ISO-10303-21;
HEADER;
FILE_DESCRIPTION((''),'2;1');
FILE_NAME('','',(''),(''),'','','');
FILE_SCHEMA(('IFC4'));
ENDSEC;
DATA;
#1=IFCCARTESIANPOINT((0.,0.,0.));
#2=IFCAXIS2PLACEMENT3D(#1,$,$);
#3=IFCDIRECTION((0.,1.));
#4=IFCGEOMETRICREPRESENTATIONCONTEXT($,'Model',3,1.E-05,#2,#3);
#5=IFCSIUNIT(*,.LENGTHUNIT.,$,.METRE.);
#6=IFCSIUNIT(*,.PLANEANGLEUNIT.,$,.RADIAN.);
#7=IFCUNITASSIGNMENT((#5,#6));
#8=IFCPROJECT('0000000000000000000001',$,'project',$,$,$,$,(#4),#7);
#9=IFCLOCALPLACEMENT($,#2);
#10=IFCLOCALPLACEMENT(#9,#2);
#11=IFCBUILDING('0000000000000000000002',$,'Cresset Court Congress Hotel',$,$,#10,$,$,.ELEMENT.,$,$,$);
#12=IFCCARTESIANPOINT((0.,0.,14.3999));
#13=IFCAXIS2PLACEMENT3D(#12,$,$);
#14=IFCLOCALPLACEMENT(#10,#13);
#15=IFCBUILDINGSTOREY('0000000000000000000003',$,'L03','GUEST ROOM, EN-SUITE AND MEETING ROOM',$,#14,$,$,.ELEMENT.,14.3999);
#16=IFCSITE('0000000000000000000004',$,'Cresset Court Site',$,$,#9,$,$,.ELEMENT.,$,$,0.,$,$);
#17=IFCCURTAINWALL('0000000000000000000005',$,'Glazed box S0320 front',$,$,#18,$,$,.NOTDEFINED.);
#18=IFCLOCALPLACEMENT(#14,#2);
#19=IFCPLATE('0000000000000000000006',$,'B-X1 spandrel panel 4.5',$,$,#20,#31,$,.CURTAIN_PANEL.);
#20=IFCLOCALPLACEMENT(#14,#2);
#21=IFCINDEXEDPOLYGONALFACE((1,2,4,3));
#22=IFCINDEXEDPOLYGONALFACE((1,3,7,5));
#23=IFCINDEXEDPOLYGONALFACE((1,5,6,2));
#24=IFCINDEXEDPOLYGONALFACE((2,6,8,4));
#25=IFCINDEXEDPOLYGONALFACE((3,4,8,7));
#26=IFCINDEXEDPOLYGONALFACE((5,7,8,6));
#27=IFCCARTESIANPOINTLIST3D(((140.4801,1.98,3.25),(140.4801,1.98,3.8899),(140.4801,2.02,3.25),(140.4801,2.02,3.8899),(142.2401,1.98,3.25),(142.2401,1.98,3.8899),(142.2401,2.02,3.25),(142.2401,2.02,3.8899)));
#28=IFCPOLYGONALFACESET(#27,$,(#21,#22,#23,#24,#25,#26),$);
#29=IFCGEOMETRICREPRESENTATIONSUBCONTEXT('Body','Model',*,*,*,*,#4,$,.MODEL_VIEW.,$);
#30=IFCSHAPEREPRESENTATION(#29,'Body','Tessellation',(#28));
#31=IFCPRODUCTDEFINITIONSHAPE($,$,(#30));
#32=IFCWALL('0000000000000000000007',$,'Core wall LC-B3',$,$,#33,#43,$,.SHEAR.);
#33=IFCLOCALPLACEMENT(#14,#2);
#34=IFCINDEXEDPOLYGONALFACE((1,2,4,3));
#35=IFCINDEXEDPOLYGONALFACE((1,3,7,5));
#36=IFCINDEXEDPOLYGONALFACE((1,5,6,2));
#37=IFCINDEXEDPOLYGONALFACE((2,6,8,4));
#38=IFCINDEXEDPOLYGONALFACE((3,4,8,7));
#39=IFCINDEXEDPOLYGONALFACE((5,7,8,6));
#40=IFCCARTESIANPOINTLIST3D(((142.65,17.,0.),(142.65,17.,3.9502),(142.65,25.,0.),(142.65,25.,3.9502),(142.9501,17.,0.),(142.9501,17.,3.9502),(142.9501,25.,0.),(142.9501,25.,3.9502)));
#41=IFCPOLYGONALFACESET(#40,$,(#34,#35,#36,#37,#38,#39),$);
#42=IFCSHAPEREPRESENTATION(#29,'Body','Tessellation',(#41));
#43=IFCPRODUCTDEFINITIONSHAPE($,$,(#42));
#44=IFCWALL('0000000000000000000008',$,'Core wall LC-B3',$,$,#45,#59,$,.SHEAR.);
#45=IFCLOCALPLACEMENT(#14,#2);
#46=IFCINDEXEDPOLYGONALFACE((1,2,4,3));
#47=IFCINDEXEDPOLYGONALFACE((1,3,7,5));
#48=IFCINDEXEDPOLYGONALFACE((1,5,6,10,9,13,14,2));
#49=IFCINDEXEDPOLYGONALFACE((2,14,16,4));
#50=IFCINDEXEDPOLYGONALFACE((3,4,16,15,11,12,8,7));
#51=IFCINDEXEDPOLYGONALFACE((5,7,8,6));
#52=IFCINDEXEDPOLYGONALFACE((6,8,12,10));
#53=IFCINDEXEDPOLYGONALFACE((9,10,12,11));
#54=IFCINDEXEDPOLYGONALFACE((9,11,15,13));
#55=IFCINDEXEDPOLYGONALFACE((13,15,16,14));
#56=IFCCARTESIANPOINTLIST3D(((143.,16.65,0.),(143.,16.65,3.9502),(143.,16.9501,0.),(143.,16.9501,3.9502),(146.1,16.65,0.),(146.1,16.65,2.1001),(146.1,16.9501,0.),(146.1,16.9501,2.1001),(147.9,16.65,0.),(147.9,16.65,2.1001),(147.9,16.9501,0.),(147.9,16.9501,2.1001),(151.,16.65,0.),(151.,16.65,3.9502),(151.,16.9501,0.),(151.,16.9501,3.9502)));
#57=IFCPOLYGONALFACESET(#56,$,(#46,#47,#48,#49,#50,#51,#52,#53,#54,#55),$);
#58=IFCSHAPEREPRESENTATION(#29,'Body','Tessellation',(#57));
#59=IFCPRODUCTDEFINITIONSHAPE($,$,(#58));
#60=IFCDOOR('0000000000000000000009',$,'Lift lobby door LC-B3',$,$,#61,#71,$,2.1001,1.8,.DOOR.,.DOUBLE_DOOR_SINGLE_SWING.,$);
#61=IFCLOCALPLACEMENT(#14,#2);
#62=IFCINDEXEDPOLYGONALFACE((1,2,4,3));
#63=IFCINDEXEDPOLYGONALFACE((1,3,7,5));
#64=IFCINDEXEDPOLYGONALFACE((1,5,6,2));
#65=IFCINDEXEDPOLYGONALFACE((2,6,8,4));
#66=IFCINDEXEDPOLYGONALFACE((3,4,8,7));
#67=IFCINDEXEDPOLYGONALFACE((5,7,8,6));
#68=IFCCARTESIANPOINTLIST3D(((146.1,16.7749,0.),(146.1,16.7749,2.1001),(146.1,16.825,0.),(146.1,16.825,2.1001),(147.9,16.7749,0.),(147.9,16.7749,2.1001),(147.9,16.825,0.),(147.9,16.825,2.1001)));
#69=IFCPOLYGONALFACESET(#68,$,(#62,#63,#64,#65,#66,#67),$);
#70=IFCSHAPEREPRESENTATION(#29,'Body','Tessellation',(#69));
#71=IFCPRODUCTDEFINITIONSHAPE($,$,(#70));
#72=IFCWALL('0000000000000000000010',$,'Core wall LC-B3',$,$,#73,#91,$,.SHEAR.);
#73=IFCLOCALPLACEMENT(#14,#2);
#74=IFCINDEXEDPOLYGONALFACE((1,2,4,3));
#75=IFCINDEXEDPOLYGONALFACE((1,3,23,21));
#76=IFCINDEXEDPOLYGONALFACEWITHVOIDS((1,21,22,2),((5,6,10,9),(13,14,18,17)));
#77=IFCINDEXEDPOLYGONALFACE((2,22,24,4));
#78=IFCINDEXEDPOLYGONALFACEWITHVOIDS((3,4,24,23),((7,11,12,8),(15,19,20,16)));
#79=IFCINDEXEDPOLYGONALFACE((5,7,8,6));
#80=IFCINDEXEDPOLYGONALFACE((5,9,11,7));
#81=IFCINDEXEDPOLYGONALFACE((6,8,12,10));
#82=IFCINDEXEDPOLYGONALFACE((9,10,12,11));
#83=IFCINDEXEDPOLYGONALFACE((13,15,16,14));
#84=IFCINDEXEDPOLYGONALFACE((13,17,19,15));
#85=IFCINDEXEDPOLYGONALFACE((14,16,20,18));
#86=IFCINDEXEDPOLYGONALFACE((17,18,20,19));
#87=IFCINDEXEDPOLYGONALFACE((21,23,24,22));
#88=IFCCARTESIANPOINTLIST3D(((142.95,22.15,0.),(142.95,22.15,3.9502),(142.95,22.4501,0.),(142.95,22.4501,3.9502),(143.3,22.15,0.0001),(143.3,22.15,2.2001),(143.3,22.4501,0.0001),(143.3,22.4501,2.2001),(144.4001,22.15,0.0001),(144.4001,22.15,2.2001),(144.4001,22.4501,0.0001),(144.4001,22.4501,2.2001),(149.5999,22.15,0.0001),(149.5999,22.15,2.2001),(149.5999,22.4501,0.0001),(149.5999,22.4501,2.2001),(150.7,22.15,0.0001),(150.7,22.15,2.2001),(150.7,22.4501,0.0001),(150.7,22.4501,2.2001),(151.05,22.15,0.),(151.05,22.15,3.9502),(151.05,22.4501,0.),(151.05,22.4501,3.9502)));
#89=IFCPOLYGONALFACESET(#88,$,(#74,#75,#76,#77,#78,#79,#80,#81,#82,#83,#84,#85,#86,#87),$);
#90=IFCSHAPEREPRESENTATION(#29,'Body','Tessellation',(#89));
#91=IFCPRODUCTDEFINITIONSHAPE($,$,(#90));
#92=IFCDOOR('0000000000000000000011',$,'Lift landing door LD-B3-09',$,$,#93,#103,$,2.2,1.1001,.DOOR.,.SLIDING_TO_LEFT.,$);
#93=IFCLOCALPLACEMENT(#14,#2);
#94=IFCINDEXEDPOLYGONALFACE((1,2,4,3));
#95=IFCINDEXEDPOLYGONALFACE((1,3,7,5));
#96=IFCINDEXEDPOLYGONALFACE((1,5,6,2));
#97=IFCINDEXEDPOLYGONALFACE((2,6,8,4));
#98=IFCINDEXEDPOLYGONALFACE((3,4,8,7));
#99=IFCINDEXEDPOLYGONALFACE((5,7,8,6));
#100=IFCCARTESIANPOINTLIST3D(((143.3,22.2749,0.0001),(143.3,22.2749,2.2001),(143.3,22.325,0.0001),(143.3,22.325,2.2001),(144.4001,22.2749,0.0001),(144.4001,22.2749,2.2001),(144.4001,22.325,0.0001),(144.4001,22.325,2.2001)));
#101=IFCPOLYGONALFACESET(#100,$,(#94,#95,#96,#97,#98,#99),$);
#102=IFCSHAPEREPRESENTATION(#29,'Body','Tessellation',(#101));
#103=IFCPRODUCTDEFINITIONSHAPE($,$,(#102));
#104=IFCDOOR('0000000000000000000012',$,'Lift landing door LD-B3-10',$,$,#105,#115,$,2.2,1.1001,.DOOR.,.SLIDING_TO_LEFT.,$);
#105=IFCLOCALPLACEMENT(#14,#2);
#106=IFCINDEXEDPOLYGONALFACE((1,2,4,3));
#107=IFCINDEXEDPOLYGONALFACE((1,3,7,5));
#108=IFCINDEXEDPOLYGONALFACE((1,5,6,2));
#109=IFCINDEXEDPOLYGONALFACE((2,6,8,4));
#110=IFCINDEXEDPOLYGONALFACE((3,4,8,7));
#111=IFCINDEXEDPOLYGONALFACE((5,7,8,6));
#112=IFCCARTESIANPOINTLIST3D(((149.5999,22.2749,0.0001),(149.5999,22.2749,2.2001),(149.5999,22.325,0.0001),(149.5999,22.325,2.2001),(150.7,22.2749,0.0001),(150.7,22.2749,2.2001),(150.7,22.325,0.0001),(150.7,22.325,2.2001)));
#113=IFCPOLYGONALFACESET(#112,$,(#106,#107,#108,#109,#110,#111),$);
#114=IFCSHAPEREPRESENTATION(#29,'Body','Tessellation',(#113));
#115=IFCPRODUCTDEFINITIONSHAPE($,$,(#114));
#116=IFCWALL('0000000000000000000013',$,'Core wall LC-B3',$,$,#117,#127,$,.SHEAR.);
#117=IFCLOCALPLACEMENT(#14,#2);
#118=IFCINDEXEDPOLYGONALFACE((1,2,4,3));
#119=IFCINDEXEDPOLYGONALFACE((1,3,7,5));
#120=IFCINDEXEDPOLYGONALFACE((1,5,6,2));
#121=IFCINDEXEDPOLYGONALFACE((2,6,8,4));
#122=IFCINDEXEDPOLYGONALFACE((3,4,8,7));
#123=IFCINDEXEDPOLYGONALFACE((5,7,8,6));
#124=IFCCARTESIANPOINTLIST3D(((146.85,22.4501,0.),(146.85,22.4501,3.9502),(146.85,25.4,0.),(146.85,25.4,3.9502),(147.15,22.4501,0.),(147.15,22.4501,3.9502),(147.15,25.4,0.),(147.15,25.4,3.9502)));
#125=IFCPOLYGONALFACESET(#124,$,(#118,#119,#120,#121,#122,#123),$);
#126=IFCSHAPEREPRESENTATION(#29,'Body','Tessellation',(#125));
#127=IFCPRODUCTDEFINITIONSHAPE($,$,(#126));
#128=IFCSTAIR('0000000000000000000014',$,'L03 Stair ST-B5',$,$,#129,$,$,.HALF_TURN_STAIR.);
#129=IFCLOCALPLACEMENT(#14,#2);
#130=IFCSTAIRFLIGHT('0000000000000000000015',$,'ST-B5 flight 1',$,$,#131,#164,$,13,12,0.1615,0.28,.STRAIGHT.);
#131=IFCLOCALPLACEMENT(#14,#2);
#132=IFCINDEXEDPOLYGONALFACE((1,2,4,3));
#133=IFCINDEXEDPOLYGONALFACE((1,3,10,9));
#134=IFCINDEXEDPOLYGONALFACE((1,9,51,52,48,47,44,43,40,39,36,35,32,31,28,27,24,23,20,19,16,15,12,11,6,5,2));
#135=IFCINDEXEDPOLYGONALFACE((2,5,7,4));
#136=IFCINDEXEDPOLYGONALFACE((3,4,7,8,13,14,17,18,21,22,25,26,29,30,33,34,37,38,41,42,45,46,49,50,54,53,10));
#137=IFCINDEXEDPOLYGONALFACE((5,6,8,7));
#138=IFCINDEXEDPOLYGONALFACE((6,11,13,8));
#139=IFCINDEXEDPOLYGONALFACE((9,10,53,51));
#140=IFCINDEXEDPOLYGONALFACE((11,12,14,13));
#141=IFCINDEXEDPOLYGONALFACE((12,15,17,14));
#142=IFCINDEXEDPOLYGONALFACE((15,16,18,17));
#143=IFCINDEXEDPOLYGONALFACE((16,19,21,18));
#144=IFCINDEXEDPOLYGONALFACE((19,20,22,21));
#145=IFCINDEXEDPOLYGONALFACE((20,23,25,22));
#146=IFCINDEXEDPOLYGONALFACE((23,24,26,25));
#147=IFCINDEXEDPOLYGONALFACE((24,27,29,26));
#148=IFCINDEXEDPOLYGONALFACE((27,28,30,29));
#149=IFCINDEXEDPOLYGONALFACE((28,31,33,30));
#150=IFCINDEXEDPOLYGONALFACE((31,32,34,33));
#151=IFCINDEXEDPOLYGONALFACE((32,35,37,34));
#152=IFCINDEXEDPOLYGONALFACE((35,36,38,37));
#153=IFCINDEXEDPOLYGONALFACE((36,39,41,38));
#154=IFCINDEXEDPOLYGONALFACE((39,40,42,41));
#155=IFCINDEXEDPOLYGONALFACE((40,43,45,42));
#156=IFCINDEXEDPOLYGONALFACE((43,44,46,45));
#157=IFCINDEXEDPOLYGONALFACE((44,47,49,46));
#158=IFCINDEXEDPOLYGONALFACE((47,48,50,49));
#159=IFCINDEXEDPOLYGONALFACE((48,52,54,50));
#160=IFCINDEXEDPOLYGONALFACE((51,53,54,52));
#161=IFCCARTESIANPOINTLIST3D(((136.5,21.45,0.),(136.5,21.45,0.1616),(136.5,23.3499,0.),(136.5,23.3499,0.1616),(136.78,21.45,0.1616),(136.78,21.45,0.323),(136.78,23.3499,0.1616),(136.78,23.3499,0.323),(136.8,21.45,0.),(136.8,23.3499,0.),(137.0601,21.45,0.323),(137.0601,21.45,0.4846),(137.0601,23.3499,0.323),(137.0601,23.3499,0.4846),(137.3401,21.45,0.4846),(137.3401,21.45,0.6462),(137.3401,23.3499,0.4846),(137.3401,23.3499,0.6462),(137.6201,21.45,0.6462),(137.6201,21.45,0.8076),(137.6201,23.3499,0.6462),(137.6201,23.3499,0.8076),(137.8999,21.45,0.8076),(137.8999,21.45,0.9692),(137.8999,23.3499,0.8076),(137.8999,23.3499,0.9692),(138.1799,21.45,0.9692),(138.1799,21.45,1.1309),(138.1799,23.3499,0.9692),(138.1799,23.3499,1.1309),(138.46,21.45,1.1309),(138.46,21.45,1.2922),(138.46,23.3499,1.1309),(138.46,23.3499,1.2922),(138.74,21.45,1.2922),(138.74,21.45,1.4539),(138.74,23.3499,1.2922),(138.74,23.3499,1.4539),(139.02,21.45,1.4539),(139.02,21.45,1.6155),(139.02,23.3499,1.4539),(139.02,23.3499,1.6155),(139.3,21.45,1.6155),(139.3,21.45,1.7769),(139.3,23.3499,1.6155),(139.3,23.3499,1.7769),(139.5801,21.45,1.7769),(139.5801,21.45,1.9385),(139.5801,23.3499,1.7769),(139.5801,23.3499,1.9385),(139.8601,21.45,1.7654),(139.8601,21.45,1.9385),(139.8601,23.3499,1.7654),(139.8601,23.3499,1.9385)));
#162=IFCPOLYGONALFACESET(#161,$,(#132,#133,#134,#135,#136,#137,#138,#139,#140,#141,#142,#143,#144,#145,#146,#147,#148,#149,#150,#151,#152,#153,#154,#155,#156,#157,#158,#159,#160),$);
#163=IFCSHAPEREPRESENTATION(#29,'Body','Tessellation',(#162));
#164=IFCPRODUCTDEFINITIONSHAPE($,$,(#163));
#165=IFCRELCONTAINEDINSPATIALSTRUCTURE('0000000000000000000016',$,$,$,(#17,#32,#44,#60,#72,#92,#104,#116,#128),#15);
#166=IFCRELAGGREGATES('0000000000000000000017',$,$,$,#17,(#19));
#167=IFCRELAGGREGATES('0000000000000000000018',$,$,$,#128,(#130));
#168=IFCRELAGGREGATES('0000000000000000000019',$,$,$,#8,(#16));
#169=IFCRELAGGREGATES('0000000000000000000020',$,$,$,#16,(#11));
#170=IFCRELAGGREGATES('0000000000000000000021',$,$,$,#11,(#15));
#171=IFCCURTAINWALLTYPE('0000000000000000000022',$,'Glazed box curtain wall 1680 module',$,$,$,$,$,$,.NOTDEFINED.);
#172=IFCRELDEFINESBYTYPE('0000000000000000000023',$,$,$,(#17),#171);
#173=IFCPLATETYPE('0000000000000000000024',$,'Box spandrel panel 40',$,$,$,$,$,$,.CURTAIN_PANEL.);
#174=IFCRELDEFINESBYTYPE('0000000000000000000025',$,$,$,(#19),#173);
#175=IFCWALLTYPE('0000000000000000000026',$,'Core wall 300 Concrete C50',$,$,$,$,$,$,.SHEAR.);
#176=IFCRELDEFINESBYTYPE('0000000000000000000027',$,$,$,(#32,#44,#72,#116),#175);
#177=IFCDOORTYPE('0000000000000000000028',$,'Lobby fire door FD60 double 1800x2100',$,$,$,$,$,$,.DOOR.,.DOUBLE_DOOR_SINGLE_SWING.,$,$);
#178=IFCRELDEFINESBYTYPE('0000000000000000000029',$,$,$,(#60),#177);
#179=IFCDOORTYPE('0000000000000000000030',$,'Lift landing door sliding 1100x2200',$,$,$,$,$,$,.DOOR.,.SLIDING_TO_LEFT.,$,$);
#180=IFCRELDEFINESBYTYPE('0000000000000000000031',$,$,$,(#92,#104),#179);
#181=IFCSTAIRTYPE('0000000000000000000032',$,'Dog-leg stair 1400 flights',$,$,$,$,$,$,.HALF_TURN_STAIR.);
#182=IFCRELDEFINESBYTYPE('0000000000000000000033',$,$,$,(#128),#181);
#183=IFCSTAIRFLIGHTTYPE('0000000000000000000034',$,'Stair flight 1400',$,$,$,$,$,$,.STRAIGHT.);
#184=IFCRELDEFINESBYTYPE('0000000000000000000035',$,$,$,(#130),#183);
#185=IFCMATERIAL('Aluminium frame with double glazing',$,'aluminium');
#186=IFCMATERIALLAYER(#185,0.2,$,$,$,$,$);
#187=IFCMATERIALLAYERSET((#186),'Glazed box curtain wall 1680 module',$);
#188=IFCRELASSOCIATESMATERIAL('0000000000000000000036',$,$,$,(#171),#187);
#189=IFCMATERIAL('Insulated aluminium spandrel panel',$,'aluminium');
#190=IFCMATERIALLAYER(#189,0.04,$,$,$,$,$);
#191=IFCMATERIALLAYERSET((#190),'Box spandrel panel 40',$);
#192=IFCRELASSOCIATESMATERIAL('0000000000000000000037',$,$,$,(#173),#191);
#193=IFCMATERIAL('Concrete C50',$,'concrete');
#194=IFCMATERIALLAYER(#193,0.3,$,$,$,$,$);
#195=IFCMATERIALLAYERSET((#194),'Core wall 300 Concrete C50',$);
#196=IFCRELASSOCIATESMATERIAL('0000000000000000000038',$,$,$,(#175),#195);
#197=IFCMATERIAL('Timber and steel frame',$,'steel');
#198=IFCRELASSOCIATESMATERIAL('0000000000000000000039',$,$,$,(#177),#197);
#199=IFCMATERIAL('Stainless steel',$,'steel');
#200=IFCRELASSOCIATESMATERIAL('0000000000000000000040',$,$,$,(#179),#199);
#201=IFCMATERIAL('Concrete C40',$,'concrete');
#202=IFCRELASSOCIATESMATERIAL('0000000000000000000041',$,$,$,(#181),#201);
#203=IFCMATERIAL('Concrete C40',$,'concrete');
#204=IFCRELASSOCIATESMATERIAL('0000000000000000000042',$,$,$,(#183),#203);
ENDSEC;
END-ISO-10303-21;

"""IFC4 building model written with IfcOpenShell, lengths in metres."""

from ifc_helpers import new_model, si_unit, direction, frame, frame_2d, origin, origin_2d, place, context, subcontext, project, spatial, polyline, rectangle, outline, extrude, material, layer, layer_set, type_object, element, fill, aggregate, save


model = new_model("IFC4")

# Units and contexts
model_context = context("Model", 3, precision=1e-05, world=origin(), true_north=direction((0.0, 1.0)))
body_context = subcontext(model_context, "Body", "Model", "MODEL_VIEW")
ifc_project = project(units=[si_unit("LENGTHUNIT", "METRE"), si_unit("PLANEANGLEUNIT", "RADIAN")], contexts=[model_context])

# Site, building, storey
site_placement = place(None, origin())
site = spatial("IfcSite", under=ifc_project, at=site_placement, Name="Cresset Court Site", CompositionType="ELEMENT", RefElevation=0.0)
building_placement = place(site_placement, origin())
building = spatial("IfcBuilding", under=site, at=building_placement, Name="Cresset Court Congress Hotel", CompositionType="ELEMENT")
storey_placement = place(building_placement, frame((0.0, 0.0, 14.3999)))
storey = spatial("IfcBuildingStorey", under=building, at=storey_placement, Name="L03", Description="GUEST ROOM, EN-SUITE AND MEETING ROOM", CompositionType="ELEMENT", Elevation=14.3999)

# Curtain wall
ifc_material_1 = material(Name="Aluminium frame with double glazing", Category="aluminium")
ifc_layer_1 = layer(ifc_material_1, 0.2)
ifc_layer_set_1 = layer_set([ifc_layer_1], Name="Glazed box curtain wall 1680 module")
curtain_wall_type = type_object("IfcCurtainWallType", Name="Glazed box curtain wall 1680 module", PredefinedType="NOTDEFINED", material=ifc_layer_set_1)
curtain_wall_placement = place(storey_placement, origin())
curtain_wall = element("IfcCurtainWall", 1, at=curtain_wall_placement, inside=storey, type_object=curtain_wall_type, Name="Glazed box S0320 front", PredefinedType="NOTDEFINED")

# Plate
ifc_material_2 = material(Name="Insulated aluminium spandrel panel", Category="aluminium")
ifc_layer_2 = layer(ifc_material_2, 0.04)
ifc_layer_set_2 = layer_set([ifc_layer_2], Name="Box spandrel panel 40")
plate_type_1 = type_object("IfcPlateType", Name="Box spandrel panel 40", PredefinedType="CURTAIN_PANEL", material=ifc_layer_set_2)
plate_1_placement = place(storey_placement, frame((141.3601, 2.0, 3.25), z_axis=(0.0, 0.0, 1.0), x_axis=(1.0, 0.0, 0.0)))
plate_1 = element("IfcPlate", 2, at=plate_1_placement, type_object=plate_type_1, Name="B-X1 spandrel panel 4.5", PredefinedType="CURTAIN_PANEL", context=body_context, shape_type="SweptSolid", body=[
    extrude(rectangle(XDim=1.76, YDim=0.04, at=origin_2d()), origin(), (0.0, 0.0, 1.0), 0.6399),
])
aggregate(curtain_wall, [plate_1])

# Wall
ifc_material_3 = material(Name="Concrete C50", Category="concrete")
ifc_layer_3 = layer(ifc_material_3, 0.3)
ifc_layer_set_3 = layer_set([ifc_layer_3], Name="Core wall 300 Concrete C50")
wall_type_1 = type_object("IfcWallType", Name="Core wall 300 Concrete C50", PredefinedType="SHEAR", material=ifc_layer_set_3)
wall_1_placement = place(storey_placement, frame((142.8, 17.0, 0.0), z_axis=(0.0, 0.0, 1.0), x_axis=(0.0, 1.0, 0.0)))
element("IfcWall", 3, at=wall_1_placement, inside=storey, type_object=wall_type_1, Name="Core wall LC-B3", PredefinedType="SHEAR", context=body_context, shape_type="SweptSolid", body=[
    extrude(rectangle(XDim=8.0, YDim=0.3, at=frame_2d((4.0, 0.0))), origin(), (0.0, 0.0, 1.0), 3.9502),
])

# Wall, opening, door
wall_2_placement = place(storey_placement, frame((143.0, 16.8, 0.0), z_axis=(0.0, 0.0, 1.0), x_axis=(1.0, 0.0, 0.0)))
wall_2 = element("IfcWall", 4, at=wall_2_placement, inside=storey, type_object=wall_type_1, Name="Core wall LC-B3", PredefinedType="SHEAR", context=body_context, shape_type="SweptSolid", body=[
    extrude(rectangle(XDim=8.0, YDim=0.3, at=frame_2d((4.0, 0.0))), origin(), (0.0, 0.0, 1.0), 3.9502),
])
opening_1_placement = place(wall_2_placement, frame((3.1001, 0.0, 0.0)))
opening_1 = element("IfcOpeningElement", 5, at=opening_1_placement, cuts=wall_2, PredefinedType="OPENING", context=body_context, shape_type="SweptSolid", body=[
    extrude(rectangle(XDim=1.8, YDim=2.1001, at=frame_2d((0.8999, 1.05))), frame((0.0, 0.1599, 0.0), z_axis=(0.0, -1.0, 0.0), x_axis=(1.0, 0.0, 0.0)), (0.0, 0.0, 1.0), 0.3201),
])
ifc_material_4 = material(Name="Timber and steel frame", Category="steel")
door_type_1 = type_object("IfcDoorType", Name="Lobby fire door FD60 double 1800x2100", OperationType="DOUBLE_DOOR_SINGLE_SWING", PredefinedType="DOOR", material=ifc_material_4)
door_1_placement = place(opening_1_placement, origin())
door_1 = element("IfcDoor", 6, at=door_1_placement, inside=storey, type_object=door_type_1, Name="Lift lobby door LC-B3", OperationType="DOUBLE_DOOR_SINGLE_SWING", OverallHeight=2.1001, OverallWidth=1.8, PredefinedType="DOOR", context=body_context, shape_type="SweptSolid", body=[
    extrude(rectangle(XDim=1.8, YDim=2.1001, at=frame_2d((0.8999, 1.05))), frame((0.0, 0.0249, 0.0), z_axis=(0.0, -1.0, 0.0), x_axis=(1.0, 0.0, 0.0)), (0.0, 0.0, 1.0), 0.05),
])
fill(opening_1, door_1)

# Wall, openings, doors
wall_3_placement = place(storey_placement, frame((142.95, 22.3, 0.0), z_axis=(0.0, 0.0, 1.0), x_axis=(1.0, 0.0, 0.0)))
wall_3 = element("IfcWall", 7, at=wall_3_placement, inside=storey, type_object=wall_type_1, Name="Core wall LC-B3", PredefinedType="SHEAR", context=body_context, shape_type="SweptSolid", body=[
    extrude(rectangle(XDim=8.1001, YDim=0.3, at=frame_2d((4.05, 0.0))), origin(), (0.0, 0.0, 1.0), 3.9502),
])
opening_2_placement = place(wall_3_placement, frame((0.3501, 0.0, 0.0)))
opening_2 = element("IfcOpeningElement", 8, at=opening_2_placement, cuts=wall_3, PredefinedType="OPENING", context=body_context, shape_type="SweptSolid", body=[
    extrude(rectangle(XDim=1.1001, YDim=2.2, at=frame_2d((0.55, 1.1001))), frame((0.0, 0.1599, 0.0), z_axis=(0.0, -1.0, 0.0), x_axis=(1.0, 0.0, 0.0)), (0.0, 0.0, 1.0), 0.3201),
])
opening_3_placement = place(wall_3_placement, frame((6.6499, 0.0, 0.0)))
opening_3 = element("IfcOpeningElement", 9, at=opening_3_placement, cuts=wall_3, PredefinedType="OPENING", context=body_context, shape_type="SweptSolid", body=[
    extrude(rectangle(XDim=1.1001, YDim=2.2, at=frame_2d((0.55, 1.1001))), frame((0.0, 0.1599, 0.0), z_axis=(0.0, -1.0, 0.0), x_axis=(1.0, 0.0, 0.0)), (0.0, 0.0, 1.0), 0.3201),
])
ifc_material_5 = material(Name="Stainless steel", Category="steel")
door_type_2 = type_object("IfcDoorType", Name="Lift landing door sliding 1100x2200", OperationType="SLIDING_TO_LEFT", PredefinedType="DOOR", material=ifc_material_5)
door_2_placement = place(opening_2_placement, origin())
door_2 = element("IfcDoor", 10, at=door_2_placement, inside=storey, type_object=door_type_2, Name="Lift landing door LD-B3-09", OperationType="SLIDING_TO_LEFT", OverallHeight=2.2, OverallWidth=1.1001, PredefinedType="DOOR", context=body_context, shape_type="SweptSolid", body=[
    extrude(rectangle(XDim=1.1001, YDim=2.2, at=frame_2d((0.55, 1.1001))), frame((0.0, 0.0249, 0.0), z_axis=(0.0, -1.0, 0.0), x_axis=(1.0, 0.0, 0.0)), (0.0, 0.0, 1.0), 0.05),
])
fill(opening_2, door_2)
door_3_placement = place(opening_3_placement, origin())
door_3 = element("IfcDoor", 11, at=door_3_placement, inside=storey, type_object=door_type_2, Name="Lift landing door LD-B3-10", OperationType="SLIDING_TO_LEFT", OverallHeight=2.2, OverallWidth=1.1001, PredefinedType="DOOR", context=body_context, shape_type="SweptSolid", body=[
    extrude(rectangle(XDim=1.1001, YDim=2.2, at=frame_2d((0.55, 1.1001))), frame((0.0, 0.0249, 0.0), z_axis=(0.0, -1.0, 0.0), x_axis=(1.0, 0.0, 0.0)), (0.0, 0.0, 1.0), 0.05),
])
fill(opening_3, door_3)

# Wall
wall_4_placement = place(storey_placement, frame((147.0, 22.45, 0.0), z_axis=(0.0, 0.0, 1.0), x_axis=(0.0, 1.0, 0.0)))
element("IfcWall", 12, at=wall_4_placement, inside=storey, type_object=wall_type_1, Name="Core wall LC-B3", PredefinedType="SHEAR", context=body_context, shape_type="SweptSolid", body=[
    extrude(rectangle(XDim=2.95, YDim=0.3, at=frame_2d((1.4751, 0.0))), origin(), (0.0, 0.0, 1.0), 3.9502),
])

# Stair, stair flight
ifc_material_6 = material(Name="Concrete C40", Category="concrete")
stair_type = type_object("IfcStairType", Name="Dog-leg stair 1400 flights", PredefinedType="HALF_TURN_STAIR", material=ifc_material_6)
stair_placement = place(storey_placement, origin())
stair = element("IfcStair", 13, at=stair_placement, inside=storey, type_object=stair_type, Name="L03 Stair ST-B5", PredefinedType="HALF_TURN_STAIR")
ifc_material_7 = material(Name="Concrete C40", Category="concrete")
stair_flight_type = type_object("IfcStairFlightType", Name="Stair flight 1400", PredefinedType="STRAIGHT", material=ifc_material_7)
stair_flight_placement = place(storey_placement, frame((136.5, 22.3999, 0.0), z_axis=(0.0, 0.0, 1.0), x_axis=(1.0, 0.0, 0.0)))
stair_flight = element("IfcStairFlight", 14, at=stair_flight_placement, type_object=stair_flight_type, Name="ST-B5 flight 1", NumberOfRisers=13, NumberOfTreads=12, PredefinedType="STRAIGHT", RiserHeight=0.1615, TreadLength=0.28, context=body_context, shape_type="SweptSolid", body=[
    extrude(outline(polyline([(0.0, 0.0), (0.0, 0.1616), (0.28, 0.1616), (0.28, 0.323), (0.5601, 0.323), (0.5601, 0.4846), (0.8401, 0.4846), (0.8401, 0.6462), (1.1201, 0.6462), (1.1201, 0.8076), (1.3999, 0.8076), (1.3999, 0.9692), (1.6799, 0.9692), (1.6799, 1.1309), (1.96, 1.1309), (1.96, 1.2922), (2.24, 1.2922), (2.24, 1.4539), (2.52, 1.4539), (2.52, 1.6155), (2.8, 1.6155), (2.8, 1.7769), (3.0801, 1.7769), (3.0801, 1.9385), (3.3601, 1.9385), (3.3601, 2.1001), (3.3601, 1.7654), (0.3, 0.0), (0.0, 0.0)])), frame((0.0, 0.95, 0.0), z_axis=(0.0, -1.0, 0.0), x_axis=(1.0, 0.0, 0.0)), (0.0, 0.0, 1.0), 1.8999),
])
aggregate(stair, [stair_flight])

save(model, "model.ifc")
